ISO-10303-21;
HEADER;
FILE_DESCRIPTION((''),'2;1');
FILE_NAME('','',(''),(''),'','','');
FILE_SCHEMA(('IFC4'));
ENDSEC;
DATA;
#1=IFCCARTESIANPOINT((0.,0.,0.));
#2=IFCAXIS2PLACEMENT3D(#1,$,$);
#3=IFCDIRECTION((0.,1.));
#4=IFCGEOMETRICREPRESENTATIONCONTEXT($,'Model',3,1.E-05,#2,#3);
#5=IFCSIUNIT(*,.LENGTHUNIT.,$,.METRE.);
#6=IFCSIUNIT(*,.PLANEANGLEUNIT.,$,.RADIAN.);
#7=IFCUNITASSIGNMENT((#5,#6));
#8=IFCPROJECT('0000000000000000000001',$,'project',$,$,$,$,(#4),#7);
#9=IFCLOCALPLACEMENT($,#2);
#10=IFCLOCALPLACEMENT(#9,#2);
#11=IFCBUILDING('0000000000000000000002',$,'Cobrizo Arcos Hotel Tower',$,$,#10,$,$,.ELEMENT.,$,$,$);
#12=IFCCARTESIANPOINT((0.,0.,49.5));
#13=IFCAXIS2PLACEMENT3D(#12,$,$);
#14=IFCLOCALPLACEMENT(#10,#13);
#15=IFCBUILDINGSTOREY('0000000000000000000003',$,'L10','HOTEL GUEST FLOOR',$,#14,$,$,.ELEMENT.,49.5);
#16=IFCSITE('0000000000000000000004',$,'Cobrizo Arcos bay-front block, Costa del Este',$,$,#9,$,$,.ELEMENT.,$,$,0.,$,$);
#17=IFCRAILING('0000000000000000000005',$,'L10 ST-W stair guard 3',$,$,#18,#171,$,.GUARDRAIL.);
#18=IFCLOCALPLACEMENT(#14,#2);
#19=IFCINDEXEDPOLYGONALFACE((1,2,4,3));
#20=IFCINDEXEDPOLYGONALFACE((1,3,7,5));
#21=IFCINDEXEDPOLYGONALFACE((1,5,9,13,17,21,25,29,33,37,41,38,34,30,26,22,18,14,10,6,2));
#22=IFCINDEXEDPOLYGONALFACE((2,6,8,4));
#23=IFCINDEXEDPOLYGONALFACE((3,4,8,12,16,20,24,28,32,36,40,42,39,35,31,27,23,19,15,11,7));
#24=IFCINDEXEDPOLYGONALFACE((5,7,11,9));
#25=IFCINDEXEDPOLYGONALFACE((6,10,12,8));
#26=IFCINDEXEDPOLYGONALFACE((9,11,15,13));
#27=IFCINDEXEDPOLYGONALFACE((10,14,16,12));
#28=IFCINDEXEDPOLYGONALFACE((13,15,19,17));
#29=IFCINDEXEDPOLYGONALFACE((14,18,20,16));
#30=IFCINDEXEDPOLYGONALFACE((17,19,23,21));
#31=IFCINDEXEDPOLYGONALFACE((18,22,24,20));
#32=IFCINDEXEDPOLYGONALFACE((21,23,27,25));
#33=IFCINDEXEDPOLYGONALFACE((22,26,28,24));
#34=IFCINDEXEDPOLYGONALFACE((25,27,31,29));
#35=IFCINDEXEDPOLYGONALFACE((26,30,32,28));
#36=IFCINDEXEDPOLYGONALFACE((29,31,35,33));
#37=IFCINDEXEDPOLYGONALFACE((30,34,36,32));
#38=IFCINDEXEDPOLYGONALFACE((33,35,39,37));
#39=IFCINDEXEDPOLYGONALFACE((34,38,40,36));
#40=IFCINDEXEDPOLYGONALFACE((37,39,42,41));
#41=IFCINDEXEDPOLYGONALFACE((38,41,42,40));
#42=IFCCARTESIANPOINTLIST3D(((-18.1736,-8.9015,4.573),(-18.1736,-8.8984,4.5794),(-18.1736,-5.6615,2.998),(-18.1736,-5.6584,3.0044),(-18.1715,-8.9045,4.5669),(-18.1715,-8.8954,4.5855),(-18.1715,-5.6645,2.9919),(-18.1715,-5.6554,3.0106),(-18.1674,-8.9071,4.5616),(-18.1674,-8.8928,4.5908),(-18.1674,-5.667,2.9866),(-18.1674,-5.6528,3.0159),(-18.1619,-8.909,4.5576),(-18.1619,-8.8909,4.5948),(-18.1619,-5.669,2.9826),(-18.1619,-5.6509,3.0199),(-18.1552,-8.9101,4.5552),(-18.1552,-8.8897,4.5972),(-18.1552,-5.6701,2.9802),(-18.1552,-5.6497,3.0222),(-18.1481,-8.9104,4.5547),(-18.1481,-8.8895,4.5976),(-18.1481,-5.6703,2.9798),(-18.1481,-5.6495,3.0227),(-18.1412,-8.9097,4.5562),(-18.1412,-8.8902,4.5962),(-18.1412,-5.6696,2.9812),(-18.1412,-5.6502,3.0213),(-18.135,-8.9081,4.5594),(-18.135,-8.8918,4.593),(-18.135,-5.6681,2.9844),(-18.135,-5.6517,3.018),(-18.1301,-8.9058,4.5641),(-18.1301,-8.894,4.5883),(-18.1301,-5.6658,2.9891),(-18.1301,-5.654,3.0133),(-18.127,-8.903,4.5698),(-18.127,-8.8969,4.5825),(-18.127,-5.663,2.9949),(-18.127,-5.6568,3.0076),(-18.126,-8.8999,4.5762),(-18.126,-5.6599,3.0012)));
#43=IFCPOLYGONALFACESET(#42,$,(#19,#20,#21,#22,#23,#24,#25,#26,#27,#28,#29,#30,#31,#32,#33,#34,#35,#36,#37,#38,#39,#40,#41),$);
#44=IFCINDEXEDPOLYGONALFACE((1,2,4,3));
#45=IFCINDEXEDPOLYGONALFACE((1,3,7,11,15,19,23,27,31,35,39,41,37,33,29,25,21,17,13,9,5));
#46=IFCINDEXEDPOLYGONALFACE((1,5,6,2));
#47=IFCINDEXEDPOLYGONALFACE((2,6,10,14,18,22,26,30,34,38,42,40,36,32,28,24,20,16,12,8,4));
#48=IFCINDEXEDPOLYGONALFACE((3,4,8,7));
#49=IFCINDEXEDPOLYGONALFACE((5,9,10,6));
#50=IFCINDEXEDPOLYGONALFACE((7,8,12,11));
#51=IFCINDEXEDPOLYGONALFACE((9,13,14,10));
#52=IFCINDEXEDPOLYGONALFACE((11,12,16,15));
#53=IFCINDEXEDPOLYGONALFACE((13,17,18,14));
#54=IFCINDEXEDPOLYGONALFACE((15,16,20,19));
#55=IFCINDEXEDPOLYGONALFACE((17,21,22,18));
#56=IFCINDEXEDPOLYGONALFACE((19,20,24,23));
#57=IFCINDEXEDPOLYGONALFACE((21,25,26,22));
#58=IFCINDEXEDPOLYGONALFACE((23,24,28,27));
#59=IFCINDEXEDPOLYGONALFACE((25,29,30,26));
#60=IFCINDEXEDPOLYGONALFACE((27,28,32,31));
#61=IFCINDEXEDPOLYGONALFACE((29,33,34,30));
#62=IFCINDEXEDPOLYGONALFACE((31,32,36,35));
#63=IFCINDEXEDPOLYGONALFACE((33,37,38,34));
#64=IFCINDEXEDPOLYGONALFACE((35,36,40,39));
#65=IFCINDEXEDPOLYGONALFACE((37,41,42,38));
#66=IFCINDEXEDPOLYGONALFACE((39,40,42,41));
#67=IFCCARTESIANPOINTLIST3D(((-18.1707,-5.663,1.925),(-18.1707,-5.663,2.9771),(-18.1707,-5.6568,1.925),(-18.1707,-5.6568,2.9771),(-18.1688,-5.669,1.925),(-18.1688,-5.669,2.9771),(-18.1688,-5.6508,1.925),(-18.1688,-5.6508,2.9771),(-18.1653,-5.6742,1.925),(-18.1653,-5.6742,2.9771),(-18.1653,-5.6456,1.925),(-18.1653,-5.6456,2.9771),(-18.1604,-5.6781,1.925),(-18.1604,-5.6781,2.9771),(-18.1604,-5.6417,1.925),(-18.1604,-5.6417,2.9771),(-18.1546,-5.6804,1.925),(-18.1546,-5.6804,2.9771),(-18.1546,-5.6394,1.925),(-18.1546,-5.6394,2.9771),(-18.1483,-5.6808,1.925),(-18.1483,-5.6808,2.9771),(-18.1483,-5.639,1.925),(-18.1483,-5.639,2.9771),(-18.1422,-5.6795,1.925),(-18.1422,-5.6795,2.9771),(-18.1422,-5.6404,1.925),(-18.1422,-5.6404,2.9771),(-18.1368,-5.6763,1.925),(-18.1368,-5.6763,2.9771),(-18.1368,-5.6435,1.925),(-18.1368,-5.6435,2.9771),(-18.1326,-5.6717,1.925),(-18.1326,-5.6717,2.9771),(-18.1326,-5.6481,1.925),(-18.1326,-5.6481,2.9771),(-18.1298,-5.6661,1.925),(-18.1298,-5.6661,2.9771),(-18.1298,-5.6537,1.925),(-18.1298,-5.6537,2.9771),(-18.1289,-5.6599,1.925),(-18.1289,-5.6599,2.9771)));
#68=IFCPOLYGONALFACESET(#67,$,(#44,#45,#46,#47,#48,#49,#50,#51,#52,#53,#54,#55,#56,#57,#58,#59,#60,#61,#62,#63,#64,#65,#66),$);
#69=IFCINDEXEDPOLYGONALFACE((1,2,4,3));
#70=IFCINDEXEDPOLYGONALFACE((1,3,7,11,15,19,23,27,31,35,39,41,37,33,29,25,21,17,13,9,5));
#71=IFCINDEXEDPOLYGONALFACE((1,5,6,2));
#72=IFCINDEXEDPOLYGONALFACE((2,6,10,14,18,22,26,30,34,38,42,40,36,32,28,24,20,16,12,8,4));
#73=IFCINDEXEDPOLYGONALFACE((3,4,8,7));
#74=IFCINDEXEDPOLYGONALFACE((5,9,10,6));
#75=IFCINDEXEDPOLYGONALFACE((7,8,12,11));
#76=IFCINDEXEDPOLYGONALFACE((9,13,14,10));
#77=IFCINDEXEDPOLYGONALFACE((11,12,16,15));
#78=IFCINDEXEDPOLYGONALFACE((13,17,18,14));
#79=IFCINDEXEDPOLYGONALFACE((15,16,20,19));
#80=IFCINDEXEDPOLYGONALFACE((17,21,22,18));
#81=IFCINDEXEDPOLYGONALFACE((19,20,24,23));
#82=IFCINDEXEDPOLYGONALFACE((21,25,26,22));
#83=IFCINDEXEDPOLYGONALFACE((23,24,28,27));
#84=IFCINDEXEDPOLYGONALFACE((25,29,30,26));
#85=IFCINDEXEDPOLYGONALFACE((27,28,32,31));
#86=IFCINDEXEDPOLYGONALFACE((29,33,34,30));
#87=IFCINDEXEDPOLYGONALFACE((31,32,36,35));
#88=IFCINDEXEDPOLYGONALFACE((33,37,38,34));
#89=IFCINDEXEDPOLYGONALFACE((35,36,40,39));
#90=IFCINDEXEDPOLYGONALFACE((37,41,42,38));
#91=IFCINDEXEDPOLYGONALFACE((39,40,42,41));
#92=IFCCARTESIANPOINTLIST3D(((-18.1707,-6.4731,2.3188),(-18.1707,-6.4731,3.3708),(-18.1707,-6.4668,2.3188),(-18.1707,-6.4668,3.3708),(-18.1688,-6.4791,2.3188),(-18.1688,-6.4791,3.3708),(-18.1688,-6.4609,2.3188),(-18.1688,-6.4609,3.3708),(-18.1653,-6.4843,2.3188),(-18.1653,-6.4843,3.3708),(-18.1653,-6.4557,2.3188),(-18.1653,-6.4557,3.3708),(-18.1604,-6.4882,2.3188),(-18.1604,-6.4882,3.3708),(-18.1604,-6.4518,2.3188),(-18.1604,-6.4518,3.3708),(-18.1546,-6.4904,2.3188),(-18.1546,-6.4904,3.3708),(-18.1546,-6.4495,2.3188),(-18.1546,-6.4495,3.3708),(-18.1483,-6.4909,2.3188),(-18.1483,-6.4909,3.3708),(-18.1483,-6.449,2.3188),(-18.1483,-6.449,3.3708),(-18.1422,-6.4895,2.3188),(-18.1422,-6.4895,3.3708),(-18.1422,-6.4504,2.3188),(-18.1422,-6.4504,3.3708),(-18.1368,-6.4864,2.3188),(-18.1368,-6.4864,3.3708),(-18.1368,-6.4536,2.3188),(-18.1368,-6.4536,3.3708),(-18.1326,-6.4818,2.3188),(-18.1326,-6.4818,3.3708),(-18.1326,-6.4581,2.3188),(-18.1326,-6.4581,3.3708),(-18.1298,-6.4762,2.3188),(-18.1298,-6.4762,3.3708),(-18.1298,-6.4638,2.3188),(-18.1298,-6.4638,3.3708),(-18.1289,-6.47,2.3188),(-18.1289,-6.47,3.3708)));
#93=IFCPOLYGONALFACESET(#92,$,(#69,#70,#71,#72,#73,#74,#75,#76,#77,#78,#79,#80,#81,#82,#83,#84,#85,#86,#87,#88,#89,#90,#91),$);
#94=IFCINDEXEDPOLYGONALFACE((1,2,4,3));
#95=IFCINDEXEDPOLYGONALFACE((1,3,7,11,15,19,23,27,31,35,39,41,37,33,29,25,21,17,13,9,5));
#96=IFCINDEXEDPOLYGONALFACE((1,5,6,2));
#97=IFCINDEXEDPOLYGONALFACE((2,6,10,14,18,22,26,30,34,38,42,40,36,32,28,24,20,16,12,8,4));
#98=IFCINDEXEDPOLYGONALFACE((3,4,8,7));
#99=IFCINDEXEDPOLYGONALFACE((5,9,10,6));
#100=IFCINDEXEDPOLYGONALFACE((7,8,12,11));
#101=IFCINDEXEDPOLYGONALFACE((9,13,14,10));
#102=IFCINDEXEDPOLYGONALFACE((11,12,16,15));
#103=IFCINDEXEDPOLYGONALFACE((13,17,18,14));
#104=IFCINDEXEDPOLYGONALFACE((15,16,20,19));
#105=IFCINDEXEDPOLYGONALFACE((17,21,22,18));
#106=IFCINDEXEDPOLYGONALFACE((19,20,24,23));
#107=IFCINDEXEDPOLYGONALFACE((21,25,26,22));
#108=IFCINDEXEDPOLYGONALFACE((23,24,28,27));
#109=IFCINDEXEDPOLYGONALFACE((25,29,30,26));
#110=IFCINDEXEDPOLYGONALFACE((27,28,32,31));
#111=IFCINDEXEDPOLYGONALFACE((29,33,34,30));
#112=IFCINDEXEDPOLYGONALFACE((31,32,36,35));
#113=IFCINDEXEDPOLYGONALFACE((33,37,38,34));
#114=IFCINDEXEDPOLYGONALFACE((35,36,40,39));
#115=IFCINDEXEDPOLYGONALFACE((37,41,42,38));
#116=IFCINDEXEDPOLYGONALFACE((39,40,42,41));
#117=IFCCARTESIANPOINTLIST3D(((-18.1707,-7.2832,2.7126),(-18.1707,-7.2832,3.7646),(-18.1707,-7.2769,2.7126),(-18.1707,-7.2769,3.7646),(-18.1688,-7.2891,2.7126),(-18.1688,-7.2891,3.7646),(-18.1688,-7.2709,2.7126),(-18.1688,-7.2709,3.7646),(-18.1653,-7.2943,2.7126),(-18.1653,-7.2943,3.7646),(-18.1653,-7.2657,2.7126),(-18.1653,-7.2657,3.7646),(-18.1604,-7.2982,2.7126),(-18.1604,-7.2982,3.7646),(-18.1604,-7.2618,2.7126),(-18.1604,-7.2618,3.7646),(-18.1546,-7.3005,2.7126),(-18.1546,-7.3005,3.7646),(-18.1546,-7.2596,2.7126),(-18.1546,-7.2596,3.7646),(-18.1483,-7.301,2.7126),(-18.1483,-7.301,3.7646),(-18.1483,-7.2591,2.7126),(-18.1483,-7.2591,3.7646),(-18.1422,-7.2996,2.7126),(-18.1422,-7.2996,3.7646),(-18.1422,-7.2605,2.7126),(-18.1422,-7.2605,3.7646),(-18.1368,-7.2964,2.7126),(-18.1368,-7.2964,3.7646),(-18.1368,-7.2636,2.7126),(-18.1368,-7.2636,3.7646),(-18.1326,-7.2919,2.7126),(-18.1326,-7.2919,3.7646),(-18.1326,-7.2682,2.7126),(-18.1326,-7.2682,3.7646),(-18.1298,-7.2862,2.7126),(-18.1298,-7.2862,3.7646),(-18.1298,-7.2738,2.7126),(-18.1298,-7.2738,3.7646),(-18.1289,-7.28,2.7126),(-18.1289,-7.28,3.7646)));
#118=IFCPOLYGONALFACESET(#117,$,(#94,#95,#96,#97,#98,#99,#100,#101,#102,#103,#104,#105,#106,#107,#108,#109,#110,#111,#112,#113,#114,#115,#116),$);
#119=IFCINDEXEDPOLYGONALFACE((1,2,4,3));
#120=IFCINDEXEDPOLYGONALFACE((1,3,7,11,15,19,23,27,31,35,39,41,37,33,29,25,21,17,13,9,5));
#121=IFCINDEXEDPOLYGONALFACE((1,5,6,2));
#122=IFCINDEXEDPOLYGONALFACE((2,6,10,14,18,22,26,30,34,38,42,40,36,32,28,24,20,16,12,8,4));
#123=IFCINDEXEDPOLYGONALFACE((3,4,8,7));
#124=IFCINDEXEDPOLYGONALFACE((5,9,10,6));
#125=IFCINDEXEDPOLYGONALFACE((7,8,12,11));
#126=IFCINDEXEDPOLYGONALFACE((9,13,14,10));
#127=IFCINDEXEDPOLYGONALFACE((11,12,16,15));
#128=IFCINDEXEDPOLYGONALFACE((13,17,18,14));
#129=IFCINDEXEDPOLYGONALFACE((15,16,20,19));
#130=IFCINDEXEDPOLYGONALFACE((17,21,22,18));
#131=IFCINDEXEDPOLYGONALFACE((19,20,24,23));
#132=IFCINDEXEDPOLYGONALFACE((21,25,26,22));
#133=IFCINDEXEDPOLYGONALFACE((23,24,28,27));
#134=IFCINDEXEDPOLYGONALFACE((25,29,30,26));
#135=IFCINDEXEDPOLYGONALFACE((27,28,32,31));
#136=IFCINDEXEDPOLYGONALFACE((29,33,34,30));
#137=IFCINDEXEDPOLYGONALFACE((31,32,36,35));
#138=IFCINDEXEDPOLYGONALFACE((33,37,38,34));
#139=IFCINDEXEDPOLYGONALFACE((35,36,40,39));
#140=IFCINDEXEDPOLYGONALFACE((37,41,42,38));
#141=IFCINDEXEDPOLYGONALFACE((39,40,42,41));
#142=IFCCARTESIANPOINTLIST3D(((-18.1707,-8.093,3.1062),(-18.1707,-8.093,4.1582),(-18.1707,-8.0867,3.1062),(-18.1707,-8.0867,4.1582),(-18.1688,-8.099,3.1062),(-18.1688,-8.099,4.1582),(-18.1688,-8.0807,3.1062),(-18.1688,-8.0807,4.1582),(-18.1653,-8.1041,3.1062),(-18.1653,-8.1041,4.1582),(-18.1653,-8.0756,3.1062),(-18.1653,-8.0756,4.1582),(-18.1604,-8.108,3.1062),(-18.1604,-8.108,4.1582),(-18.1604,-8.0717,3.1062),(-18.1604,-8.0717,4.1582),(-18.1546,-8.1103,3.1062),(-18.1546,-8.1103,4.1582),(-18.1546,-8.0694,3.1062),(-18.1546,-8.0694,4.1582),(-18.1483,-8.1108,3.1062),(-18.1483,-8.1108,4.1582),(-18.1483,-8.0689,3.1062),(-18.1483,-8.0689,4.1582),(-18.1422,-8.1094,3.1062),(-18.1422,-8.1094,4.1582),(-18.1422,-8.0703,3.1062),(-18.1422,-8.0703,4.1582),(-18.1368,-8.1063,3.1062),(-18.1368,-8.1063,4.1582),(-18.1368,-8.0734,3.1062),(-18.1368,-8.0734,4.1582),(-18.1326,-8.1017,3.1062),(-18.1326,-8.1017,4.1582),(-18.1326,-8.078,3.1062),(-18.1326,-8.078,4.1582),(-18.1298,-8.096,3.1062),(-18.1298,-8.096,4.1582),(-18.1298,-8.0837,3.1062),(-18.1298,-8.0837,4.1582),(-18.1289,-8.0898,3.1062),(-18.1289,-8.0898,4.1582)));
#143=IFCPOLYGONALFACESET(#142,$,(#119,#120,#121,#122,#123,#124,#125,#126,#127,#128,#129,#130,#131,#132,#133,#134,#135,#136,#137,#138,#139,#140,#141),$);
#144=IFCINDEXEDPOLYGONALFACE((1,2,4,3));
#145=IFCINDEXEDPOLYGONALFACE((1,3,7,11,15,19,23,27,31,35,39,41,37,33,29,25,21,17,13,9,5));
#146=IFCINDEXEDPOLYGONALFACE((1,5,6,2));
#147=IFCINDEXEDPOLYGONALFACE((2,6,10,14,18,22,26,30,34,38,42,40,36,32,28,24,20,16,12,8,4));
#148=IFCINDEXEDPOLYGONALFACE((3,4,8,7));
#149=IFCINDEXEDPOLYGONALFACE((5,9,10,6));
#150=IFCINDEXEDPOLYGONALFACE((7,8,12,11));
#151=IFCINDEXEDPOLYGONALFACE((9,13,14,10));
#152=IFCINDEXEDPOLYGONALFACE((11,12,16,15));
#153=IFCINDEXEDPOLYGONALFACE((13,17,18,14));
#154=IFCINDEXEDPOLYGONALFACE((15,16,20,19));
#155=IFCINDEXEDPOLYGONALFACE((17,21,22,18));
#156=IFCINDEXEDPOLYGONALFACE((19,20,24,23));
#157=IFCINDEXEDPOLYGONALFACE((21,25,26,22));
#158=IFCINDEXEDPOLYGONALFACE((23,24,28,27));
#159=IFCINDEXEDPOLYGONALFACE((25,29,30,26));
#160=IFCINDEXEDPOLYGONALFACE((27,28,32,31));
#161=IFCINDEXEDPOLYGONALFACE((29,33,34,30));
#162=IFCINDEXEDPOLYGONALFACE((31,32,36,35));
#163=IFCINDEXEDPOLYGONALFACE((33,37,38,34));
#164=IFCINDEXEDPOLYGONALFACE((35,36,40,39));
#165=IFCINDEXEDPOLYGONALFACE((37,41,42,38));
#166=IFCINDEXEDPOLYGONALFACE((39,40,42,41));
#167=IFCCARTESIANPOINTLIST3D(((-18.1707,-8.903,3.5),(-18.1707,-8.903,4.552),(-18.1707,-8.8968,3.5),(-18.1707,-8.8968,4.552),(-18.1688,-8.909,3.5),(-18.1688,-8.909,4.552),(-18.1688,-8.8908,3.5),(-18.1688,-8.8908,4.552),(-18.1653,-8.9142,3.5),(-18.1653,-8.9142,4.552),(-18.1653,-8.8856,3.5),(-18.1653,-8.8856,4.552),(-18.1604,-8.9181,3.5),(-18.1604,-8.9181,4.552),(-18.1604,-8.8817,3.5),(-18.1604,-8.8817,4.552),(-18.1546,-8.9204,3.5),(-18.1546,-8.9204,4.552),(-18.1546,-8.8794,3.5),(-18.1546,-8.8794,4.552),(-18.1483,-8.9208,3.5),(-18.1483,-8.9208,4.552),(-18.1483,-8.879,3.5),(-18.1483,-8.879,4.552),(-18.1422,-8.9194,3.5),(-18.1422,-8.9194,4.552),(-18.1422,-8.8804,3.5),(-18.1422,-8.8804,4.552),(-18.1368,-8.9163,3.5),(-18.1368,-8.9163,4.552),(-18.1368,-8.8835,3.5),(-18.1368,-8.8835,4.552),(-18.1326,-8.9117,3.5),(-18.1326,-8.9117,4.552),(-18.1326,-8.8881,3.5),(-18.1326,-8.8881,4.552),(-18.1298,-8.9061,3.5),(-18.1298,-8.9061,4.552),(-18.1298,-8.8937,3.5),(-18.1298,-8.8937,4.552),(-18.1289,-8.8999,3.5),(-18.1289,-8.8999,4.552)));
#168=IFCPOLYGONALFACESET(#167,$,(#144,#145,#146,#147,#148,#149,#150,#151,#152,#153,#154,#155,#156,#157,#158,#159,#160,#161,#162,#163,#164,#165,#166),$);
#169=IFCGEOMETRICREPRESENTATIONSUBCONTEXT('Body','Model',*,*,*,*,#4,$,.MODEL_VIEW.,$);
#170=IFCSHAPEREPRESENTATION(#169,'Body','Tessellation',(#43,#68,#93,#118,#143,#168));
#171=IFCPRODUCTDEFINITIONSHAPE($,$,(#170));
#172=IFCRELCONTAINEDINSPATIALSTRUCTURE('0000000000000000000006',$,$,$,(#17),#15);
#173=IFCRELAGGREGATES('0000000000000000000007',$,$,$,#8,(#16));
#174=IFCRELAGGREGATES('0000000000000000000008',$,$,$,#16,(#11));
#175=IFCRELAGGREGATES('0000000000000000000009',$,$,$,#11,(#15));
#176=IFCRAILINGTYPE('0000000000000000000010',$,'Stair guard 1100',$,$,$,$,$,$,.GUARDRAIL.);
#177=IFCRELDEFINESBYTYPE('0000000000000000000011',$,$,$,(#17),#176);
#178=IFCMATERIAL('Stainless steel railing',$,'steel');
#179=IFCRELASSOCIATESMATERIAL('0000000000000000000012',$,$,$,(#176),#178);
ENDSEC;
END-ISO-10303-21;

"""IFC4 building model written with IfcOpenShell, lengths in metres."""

from ifc_helpers import new_model, si_unit, direction, frame, origin, origin_2d, place, context, subcontext, project, spatial, circle, extrude, material, type_object, element, save


model = new_model("IFC4")

# Units and contexts
model_context = context("Model", 3, precision=1e-05, world=origin(), true_north=direction((0.0, 1.0)))
body_context = subcontext(model_context, "Body", "Model", "MODEL_VIEW")
ifc_project = project(units=[si_unit("LENGTHUNIT", "METRE"), si_unit("PLANEANGLEUNIT", "RADIAN")], contexts=[model_context])

# Site, building, storey
site_placement = place(None, origin())
site = spatial("IfcSite", under=ifc_project, at=site_placement, Name="Cobrizo Arcos bay-front block, Costa del Este", CompositionType="ELEMENT", RefElevation=0.0)
building_placement = place(site_placement, origin())
building = spatial("IfcBuilding", under=site, at=building_placement, Name="Cobrizo Arcos Hotel Tower", CompositionType="ELEMENT")
storey_placement = place(building_placement, frame((0.0, 0.0, 49.5)))
storey = spatial("IfcBuildingStorey", under=building, at=storey_placement, Name="L10", Description="HOTEL GUEST FLOOR", CompositionType="ELEMENT", Elevation=49.5)

# Railing
ifc_material_1 = material(Name="Stainless steel railing", Category="steel")
railing_type_1 = type_object("IfcRailingType", Name="Stair guard 1100", PredefinedType="GUARDRAIL", material=ifc_material_1)
railing_1_placement = place(storey_placement, frame((-18.1499, -5.6599, 1.925)))
element("IfcRailing", 1, at=railing_1_placement, inside=storey, type_object=railing_type_1, Name="L10 ST-W stair guard 3", PredefinedType="GUARDRAIL", context=body_context, shape_type="SweptSolid", body=[
    extrude(circle(Radius=0.0239, at=origin_2d()), frame((0.0, 0.0, 1.0762), z_axis=(0.0, -0.899373, 0.437183), x_axis=(1.0, 0.0, 0.0)), (0.0, 0.0, 1.0), 3.6025),
    extrude(circle(Radius=0.021, at=origin_2d()), origin(), (0.0, 0.0, 1.0), 1.052),
    extrude(circle(Radius=0.021, at=origin_2d()), frame((0.0, -0.8101, 0.3938)), (0.0, 0.0, 1.0), 1.052),
    extrude(circle(Radius=0.021, at=origin_2d()), frame((0.0, -1.6201, 0.7876)), (0.0, 0.0, 1.0), 1.052),
    extrude(circle(Radius=0.021, at=origin_2d()), frame((0.0, -2.4299, 1.1812)), (0.0, 0.0, 1.0), 1.052),
    extrude(circle(Radius=0.021, at=origin_2d()), frame((0.0, -3.24, 1.575)), (0.0, 0.0, 1.0), 1.052),
])

save(model, "model.ifc")
